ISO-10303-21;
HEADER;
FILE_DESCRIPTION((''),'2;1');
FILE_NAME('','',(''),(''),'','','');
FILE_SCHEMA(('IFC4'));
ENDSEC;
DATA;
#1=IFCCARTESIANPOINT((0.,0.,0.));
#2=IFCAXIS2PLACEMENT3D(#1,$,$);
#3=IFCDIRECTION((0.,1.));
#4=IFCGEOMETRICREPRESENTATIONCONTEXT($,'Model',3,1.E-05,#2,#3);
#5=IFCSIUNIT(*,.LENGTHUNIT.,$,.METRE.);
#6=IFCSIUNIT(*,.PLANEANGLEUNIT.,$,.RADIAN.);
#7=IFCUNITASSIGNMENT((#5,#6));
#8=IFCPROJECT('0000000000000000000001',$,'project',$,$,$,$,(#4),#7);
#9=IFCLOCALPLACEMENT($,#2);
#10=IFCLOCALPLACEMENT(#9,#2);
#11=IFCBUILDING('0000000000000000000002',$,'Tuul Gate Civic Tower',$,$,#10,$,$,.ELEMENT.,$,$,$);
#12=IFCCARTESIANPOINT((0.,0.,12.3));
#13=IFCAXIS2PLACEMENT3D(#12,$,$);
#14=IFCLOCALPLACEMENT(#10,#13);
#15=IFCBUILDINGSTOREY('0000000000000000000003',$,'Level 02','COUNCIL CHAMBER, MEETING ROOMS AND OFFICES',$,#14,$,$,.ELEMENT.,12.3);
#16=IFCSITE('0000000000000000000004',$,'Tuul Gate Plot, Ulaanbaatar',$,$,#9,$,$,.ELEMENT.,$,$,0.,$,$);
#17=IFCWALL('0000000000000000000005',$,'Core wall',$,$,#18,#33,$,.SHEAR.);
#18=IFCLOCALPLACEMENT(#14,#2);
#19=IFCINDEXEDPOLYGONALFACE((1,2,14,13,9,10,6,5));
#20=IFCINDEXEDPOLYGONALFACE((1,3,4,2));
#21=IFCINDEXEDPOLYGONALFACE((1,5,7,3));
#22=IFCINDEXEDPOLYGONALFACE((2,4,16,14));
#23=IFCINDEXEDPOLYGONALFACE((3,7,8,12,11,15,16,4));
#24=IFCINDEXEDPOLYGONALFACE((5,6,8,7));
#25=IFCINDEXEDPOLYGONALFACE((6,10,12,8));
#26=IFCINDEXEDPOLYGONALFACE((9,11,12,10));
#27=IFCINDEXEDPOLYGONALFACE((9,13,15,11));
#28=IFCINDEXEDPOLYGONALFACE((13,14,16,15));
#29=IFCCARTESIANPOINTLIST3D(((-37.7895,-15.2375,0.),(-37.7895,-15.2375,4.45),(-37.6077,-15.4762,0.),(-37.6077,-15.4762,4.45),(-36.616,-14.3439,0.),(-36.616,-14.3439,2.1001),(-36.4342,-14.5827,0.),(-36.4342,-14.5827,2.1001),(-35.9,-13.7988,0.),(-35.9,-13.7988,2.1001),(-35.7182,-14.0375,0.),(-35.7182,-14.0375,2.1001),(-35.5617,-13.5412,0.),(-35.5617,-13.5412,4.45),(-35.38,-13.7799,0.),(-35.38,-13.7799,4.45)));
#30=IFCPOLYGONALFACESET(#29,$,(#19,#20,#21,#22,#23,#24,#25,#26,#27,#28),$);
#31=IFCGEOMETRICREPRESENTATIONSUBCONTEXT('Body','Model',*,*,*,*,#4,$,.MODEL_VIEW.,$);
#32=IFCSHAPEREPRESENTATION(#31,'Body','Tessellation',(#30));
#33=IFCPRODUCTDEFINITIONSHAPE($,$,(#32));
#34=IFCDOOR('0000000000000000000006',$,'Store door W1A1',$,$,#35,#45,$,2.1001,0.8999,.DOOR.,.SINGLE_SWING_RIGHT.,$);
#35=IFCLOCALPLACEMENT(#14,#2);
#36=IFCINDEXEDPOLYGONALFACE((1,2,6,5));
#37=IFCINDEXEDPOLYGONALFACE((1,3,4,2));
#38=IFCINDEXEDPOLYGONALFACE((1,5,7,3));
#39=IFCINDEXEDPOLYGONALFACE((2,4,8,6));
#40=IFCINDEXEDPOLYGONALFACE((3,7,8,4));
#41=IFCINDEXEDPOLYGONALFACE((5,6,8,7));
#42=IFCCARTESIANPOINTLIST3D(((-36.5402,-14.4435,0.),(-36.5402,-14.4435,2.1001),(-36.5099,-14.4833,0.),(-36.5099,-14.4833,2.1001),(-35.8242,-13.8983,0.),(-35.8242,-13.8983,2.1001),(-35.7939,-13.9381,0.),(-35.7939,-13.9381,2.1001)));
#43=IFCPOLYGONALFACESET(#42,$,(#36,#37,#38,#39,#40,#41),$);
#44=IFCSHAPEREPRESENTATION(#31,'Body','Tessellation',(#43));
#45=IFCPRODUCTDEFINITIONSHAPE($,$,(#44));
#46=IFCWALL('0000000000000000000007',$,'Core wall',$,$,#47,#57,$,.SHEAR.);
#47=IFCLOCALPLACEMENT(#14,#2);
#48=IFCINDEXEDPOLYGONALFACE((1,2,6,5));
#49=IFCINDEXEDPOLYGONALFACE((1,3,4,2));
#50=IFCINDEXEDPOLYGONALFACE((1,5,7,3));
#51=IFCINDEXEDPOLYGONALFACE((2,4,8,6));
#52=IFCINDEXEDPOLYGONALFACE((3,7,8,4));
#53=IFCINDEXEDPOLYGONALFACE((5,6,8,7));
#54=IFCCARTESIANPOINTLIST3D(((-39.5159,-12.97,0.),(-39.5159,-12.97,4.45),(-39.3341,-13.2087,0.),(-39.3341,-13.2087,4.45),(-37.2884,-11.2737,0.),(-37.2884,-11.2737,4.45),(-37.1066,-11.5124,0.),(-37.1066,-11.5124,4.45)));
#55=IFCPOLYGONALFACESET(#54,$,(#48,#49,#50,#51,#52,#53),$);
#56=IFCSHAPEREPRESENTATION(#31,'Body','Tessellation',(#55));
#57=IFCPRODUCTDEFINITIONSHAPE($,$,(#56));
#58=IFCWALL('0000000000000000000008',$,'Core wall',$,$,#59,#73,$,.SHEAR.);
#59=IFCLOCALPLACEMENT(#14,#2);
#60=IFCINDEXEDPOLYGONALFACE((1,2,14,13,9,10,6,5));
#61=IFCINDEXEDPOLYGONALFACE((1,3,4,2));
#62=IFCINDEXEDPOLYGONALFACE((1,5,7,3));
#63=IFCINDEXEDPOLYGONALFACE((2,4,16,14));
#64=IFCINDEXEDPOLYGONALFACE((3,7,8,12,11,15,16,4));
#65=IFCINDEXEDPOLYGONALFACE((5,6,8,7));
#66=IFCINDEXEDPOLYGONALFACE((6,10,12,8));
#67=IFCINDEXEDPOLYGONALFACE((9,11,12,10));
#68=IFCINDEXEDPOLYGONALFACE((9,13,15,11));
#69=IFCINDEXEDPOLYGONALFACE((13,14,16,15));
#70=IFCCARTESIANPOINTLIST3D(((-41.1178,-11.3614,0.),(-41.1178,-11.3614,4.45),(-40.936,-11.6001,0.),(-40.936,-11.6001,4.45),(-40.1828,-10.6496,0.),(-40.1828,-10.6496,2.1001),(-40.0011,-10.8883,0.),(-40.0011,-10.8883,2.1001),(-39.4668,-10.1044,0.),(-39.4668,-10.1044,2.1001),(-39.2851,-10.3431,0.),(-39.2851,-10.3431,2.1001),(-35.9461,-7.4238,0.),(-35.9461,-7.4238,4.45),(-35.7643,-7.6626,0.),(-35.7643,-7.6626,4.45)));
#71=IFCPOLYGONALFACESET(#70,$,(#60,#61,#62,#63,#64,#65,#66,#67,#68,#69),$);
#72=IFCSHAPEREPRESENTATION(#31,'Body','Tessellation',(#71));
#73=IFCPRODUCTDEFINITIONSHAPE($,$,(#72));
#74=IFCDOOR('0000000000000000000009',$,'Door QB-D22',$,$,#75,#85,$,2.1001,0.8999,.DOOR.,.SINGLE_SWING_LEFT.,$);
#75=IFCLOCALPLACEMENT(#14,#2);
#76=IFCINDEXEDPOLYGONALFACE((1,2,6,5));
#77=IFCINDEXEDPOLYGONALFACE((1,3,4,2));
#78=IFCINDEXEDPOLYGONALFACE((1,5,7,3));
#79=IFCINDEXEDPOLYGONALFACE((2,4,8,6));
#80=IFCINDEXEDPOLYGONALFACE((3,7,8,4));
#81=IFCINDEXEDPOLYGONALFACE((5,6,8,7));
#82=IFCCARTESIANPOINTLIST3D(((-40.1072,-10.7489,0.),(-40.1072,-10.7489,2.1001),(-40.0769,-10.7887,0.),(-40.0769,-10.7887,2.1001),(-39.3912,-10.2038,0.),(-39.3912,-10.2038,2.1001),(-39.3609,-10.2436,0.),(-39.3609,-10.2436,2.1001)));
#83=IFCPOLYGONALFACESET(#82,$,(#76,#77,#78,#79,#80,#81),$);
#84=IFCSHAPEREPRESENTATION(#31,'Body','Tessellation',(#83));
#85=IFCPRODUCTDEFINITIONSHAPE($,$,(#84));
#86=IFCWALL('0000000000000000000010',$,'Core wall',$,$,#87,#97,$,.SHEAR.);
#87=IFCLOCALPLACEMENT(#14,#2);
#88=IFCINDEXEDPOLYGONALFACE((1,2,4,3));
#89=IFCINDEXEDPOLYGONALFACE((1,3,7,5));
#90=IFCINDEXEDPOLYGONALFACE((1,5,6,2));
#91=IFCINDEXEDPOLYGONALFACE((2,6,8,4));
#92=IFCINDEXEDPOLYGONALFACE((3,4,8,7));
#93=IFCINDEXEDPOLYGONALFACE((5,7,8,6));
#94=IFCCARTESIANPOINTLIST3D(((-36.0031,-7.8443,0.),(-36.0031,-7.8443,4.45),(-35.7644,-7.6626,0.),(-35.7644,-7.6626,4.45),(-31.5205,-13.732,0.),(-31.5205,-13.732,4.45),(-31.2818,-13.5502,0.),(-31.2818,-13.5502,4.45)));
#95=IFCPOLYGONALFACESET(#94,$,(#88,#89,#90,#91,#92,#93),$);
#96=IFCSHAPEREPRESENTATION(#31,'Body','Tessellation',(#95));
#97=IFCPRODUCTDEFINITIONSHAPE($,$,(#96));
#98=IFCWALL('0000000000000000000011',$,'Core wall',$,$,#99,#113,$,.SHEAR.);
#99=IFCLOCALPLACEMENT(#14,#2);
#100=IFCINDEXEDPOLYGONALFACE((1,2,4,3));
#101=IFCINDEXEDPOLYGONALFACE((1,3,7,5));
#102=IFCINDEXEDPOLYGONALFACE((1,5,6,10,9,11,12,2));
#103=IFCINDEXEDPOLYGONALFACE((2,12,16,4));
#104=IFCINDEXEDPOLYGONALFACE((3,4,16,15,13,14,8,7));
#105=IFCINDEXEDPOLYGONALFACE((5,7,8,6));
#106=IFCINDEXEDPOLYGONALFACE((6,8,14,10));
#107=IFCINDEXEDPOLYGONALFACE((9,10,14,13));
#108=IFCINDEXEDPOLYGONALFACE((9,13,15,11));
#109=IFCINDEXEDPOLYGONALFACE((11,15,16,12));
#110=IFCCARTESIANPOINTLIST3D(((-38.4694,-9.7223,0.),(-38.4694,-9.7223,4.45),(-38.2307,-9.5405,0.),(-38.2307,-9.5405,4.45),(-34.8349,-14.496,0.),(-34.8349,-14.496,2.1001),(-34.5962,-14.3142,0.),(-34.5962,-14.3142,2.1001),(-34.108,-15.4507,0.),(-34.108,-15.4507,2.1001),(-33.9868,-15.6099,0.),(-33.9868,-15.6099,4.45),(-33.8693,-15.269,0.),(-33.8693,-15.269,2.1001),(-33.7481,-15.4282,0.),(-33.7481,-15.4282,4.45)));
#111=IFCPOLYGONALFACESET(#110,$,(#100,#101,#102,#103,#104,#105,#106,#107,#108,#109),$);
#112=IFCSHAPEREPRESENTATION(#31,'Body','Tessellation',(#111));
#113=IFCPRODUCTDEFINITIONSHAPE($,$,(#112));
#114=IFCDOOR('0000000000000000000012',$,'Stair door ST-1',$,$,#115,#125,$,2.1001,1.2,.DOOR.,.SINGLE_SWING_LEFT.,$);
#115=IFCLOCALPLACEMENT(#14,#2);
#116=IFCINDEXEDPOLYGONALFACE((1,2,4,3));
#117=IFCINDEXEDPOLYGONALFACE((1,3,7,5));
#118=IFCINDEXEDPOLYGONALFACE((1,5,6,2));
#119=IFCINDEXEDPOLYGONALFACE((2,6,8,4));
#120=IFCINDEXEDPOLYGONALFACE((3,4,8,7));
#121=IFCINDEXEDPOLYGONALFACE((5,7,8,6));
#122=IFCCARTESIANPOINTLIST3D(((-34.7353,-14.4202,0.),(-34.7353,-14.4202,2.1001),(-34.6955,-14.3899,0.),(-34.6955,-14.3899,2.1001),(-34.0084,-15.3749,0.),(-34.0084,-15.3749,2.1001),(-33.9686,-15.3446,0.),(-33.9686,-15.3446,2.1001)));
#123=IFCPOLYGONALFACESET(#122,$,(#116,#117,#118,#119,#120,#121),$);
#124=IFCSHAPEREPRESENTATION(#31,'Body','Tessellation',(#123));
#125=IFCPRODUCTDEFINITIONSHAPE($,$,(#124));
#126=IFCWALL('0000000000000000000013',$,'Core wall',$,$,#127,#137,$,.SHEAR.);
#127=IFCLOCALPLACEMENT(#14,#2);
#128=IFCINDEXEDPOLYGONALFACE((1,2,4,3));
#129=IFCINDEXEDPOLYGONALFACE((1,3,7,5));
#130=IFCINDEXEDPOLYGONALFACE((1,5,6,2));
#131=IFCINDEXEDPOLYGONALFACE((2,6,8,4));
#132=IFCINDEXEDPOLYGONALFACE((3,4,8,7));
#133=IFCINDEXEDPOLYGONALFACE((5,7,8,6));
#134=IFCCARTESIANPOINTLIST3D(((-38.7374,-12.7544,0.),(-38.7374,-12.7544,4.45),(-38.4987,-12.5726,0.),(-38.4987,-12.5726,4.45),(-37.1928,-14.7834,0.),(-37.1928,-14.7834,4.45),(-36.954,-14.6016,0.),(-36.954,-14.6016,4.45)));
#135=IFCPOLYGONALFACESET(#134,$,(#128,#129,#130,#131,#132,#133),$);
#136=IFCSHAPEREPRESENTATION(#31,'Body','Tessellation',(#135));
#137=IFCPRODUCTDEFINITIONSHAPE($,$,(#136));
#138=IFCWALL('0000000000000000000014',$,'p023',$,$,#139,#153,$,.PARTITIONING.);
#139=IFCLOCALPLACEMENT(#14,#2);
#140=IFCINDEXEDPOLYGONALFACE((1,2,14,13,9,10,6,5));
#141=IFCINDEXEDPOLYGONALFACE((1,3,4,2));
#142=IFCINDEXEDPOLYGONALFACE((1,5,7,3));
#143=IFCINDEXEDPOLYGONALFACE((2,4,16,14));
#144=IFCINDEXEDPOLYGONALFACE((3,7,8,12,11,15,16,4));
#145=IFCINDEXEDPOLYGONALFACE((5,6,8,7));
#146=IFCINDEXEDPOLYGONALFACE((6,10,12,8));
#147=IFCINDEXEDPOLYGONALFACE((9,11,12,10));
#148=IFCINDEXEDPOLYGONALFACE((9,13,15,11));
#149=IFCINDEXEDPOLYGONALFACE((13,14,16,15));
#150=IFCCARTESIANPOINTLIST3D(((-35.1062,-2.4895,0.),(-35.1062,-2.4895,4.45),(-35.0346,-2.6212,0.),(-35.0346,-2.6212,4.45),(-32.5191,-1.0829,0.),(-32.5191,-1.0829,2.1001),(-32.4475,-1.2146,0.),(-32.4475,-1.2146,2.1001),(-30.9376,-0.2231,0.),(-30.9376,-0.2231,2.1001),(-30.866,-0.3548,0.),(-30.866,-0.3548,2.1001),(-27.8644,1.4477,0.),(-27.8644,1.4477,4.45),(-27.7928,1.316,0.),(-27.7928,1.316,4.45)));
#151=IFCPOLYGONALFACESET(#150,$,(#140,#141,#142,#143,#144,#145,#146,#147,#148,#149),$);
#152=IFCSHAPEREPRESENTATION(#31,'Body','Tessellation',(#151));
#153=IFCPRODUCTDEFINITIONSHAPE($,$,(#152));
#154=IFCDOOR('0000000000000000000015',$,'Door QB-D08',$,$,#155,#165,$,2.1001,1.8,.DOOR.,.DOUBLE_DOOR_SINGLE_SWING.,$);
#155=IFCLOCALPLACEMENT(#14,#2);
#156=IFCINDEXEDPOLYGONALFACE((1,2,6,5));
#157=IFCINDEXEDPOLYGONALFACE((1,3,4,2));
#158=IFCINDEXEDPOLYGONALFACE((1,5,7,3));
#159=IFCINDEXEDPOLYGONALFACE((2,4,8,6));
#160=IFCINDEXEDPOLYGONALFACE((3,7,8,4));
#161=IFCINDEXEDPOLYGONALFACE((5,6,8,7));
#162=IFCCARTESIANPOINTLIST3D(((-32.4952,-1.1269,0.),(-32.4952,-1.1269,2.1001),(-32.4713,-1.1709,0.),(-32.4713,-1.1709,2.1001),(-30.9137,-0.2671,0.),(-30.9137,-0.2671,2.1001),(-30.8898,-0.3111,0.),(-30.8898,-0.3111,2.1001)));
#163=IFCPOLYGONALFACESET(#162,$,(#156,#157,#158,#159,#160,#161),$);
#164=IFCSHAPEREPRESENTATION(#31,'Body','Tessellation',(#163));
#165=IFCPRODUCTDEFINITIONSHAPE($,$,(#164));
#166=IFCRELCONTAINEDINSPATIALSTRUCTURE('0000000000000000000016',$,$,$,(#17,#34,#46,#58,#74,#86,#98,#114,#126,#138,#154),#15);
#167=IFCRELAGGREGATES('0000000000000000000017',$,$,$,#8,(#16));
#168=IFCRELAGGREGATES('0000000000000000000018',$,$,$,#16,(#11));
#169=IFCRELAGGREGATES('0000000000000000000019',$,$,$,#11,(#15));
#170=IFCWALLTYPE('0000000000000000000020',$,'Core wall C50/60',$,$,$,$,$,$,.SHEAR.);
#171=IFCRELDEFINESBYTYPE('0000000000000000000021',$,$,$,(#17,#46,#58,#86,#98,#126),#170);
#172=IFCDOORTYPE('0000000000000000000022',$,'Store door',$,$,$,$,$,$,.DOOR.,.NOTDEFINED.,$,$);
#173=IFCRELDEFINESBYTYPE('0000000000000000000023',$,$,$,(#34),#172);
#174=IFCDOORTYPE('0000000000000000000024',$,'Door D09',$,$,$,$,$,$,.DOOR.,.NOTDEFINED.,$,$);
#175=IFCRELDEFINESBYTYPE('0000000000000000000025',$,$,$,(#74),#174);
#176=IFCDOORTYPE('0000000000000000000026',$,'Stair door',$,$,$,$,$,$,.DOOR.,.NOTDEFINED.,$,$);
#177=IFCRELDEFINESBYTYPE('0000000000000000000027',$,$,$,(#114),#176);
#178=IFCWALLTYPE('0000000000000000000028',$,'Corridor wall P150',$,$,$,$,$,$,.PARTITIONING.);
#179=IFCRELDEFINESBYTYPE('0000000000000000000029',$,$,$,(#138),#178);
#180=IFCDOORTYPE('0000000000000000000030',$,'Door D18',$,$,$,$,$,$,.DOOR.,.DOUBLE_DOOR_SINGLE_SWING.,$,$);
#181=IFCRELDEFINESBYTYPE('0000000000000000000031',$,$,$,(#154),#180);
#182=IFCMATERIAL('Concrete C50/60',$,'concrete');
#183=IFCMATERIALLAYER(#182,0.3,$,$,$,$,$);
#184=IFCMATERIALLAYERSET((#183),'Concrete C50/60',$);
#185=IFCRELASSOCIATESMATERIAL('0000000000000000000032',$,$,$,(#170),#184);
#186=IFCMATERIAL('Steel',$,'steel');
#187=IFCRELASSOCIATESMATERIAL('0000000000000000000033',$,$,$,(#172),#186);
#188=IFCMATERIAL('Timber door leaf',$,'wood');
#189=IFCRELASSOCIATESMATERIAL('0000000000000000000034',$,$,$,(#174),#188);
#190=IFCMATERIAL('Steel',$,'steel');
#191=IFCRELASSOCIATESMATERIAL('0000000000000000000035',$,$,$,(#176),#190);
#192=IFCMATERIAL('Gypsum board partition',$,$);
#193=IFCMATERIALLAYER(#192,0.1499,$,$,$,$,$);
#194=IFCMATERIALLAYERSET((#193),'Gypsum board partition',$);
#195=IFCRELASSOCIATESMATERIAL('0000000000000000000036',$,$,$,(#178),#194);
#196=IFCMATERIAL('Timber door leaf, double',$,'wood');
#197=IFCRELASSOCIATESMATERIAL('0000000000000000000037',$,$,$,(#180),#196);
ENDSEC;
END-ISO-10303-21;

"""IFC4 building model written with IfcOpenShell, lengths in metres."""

from ifc_helpers import new_model, si_unit, direction, frame, frame_2d, origin, place, context, subcontext, project, spatial, rectangle, extrude, material, layer, layer_set, type_object, element, fill, save


model = new_model("IFC4")

# Units and contexts
model_context = context("Model", 3, precision=1e-05, world=origin(), true_north=direction((0.0, 1.0)))
body_context = subcontext(model_context, "Body", "Model", "MODEL_VIEW")
ifc_project = project(units=[si_unit("LENGTHUNIT", "METRE"), si_unit("PLANEANGLEUNIT", "RADIAN")], contexts=[model_context])

# Site, building, storey
site_placement = place(None, origin())
site = spatial("IfcSite", under=ifc_project, at=site_placement, Name="Tuul Gate Plot, Ulaanbaatar", CompositionType="ELEMENT", RefElevation=0.0)
building_placement = place(site_placement, origin())
building = spatial("IfcBuilding", under=site, at=building_placement, Name="Tuul Gate Civic Tower", CompositionType="ELEMENT")
storey_placement = place(building_placement, frame((0.0, 0.0, 12.3)))
storey = spatial("IfcBuildingStorey", under=building, at=storey_placement, Name="Level 02", Description="COUNCIL CHAMBER, MEETING ROOMS AND OFFICES", CompositionType="ELEMENT", Elevation=12.3)

# Wall, opening, door
ifc_material_1 = material(Name="Concrete C50/60", Category="concrete")
ifc_layer_1 = layer(ifc_material_1, 0.3)
ifc_layer_set_1 = layer_set([ifc_layer_1], Name="Concrete C50/60")
wall_type_1 = type_object("IfcWallType", Name="Core wall C50/60", PredefinedType="SHEAR", material=ifc_layer_set_1)
wall_1_placement = place(storey_placement, frame((-35.4709, -13.6606, 0.0), z_axis=(0.0, 0.0, 1.0), x_axis=(-0.795616, -0.605802, 0.0)))
wall_1 = element("IfcWall", 1, at=wall_1_placement, inside=storey, type_object=wall_type_1, Name="Core wall", PredefinedType="SHEAR", context=body_context, shape_type="SweptSolid", body=[
    extrude(rectangle(XDim=2.8, YDim=0.3, at=frame_2d((1.3999, 0.0))), origin(), (0.0, 0.0, 1.0), 4.45),
])
opening_1_placement = place(wall_1_placement, frame((0.425, 0.0, 0.0)))
opening_1 = element("IfcOpeningElement", 2, at=opening_1_placement, cuts=wall_1, PredefinedType="OPENING", context=body_context, shape_type="SweptSolid", body=[
    extrude(rectangle(XDim=0.8999, YDim=2.1001, at=frame_2d((0.45, 1.05))), frame((0.0, 0.1602, 0.0), z_axis=(0.0, -1.0, 0.0), x_axis=(1.0, 0.0, 0.0)), (0.0, 0.0, 1.0), 0.3201),
])
ifc_material_2 = material(Name="Steel", Category="steel")
door_type_1 = type_object("IfcDoorType", Name="Store door", OperationType="NOTDEFINED", PredefinedType="DOOR", material=ifc_material_2)
door_1_placement = place(opening_1_placement, frame((0.8999, 0.0, 0.0), z_axis=(0.0, 0.0, 1.0), x_axis=(-1.0, 0.0, 0.0)))
door_1 = element("IfcDoor", 3, at=door_1_placement, inside=storey, type_object=door_type_1, Name="Store door W1A1", OperationType="SINGLE_SWING_RIGHT", OverallHeight=2.1001, OverallWidth=0.8999, PredefinedType="DOOR", context=body_context, shape_type="SweptSolid", body=[
    extrude(rectangle(XDim=0.8999, YDim=2.1001, at=frame_2d((0.45, 1.05))), frame((0.0, 0.0249, 0.0), z_axis=(0.0, -1.0, 0.0), x_axis=(1.0, 0.0, 0.0)), (0.0, 0.0, 1.0), 0.05),
])
fill(opening_1, door_1)

# Wall
wall_2_placement = place(storey_placement, frame((-37.1975, -11.3931, 0.0), z_axis=(0.0, 0.0, 1.0), x_axis=(-0.795584, -0.605844, 0.0)))
element("IfcWall", 4, at=wall_2_placement, inside=storey, type_object=wall_type_1, Name="Core wall", PredefinedType="SHEAR", context=body_context, shape_type="SweptSolid", body=[
    extrude(rectangle(XDim=2.7998, YDim=0.3, at=frame_2d((1.3999, 0.0))), origin(), (0.0, 0.0, 1.0), 4.45),
])

# Wall, opening, door
wall_3_placement = place(storey_placement, frame((-35.8552, -7.5432, 0.0), z_axis=(0.0, 0.0, 1.0), x_axis=(-0.795639, -0.605772, 0.0)))
wall_3 = element("IfcWall", 5, at=wall_3_placement, inside=storey, type_object=wall_type_1, Name="Core wall", PredefinedType="SHEAR", context=body_context, shape_type="SweptSolid", body=[
    extrude(rectangle(XDim=6.5, YDim=0.3, at=frame_2d((3.25, 0.0))), origin(), (0.0, 0.0, 1.0), 4.45),
])
opening_2_placement = place(wall_3_placement, frame((4.425, 0.0, 0.0)))
opening_2 = element("IfcOpeningElement", 6, at=opening_2_placement, cuts=wall_3, PredefinedType="OPENING", context=body_context, shape_type="SweptSolid", body=[
    extrude(rectangle(XDim=0.8999, YDim=2.1001, at=frame_2d((0.45, 1.05))), frame((0.0, 0.1602, 0.0), z_axis=(0.0, -1.0, 0.0), x_axis=(1.0, 0.0, 0.0)), (0.0, 0.0, 1.0), 0.3201),
])
ifc_material_3 = material(Name="Timber door leaf", Category="wood")
door_type_2 = type_object("IfcDoorType", Name="Door D09", OperationType="NOTDEFINED", PredefinedType="DOOR", material=ifc_material_3)
door_2_placement = place(opening_2_placement, origin())
door_2 = element("IfcDoor", 7, at=door_2_placement, inside=storey, type_object=door_type_2, Name="Door QB-D22", OperationType="SINGLE_SWING_LEFT", OverallHeight=2.1001, OverallWidth=0.8999, PredefinedType="DOOR", context=body_context, shape_type="SweptSolid", body=[
    extrude(rectangle(XDim=0.8999, YDim=2.1001, at=frame_2d((0.45, 1.05))), frame((0.0, 0.0249, 0.0), z_axis=(0.0, -1.0, 0.0), x_axis=(1.0, 0.0, 0.0)), (0.0, 0.0, 1.0), 0.05),
])
fill(opening_2, door_2)

# Wall
wall_4_placement = place(storey_placement, frame((-31.4011, -13.6411, 0.0), z_axis=(0.0, 0.0, 1.0), x_axis=(-0.60577, 0.79564, 0.0)))
element("IfcWall", 8, at=wall_4_placement, inside=storey, type_object=wall_type_1, Name="Core wall", PredefinedType="SHEAR", context=body_context, shape_type="SweptSolid", body=[
    extrude(rectangle(XDim=7.3999, YDim=0.3, at=frame_2d((3.7, 0.0))), origin(), (0.0, 0.0, 1.0), 4.45),
])

# Wall, opening, door
wall_5_placement = place(storey_placement, frame((-33.8674, -15.519, 0.0), z_axis=(0.0, 0.0, 1.0), x_axis=(-0.60577, 0.79564, 0.0)))
wall_5 = element("IfcWall", 9, at=wall_5_placement, inside=storey, type_object=wall_type_1, Name="Core wall", PredefinedType="SHEAR", context=body_context, shape_type="SweptSolid", body=[
    extrude(rectangle(XDim=7.3999, YDim=0.3, at=frame_2d((3.7, 0.0))), origin(), (0.0, 0.0, 1.0), 4.45),
])
opening_3_placement = place(wall_5_placement, frame((0.2, 0.0, 0.0)))
opening_3 = element("IfcOpeningElement", 10, at=opening_3_placement, cuts=wall_5, PredefinedType="OPENING", context=body_context, shape_type="SweptSolid", body=[
    extrude(rectangle(XDim=1.2, YDim=2.1001, at=frame_2d((0.6001, 1.05))), frame((0.0, 0.1602, 0.0), z_axis=(0.0, -1.0, 0.0), x_axis=(1.0, 0.0, 0.0)), (0.0, 0.0, 1.0), 0.3201),
])
ifc_material_4 = material(Name="Steel", Category="steel")
door_type_3 = type_object("IfcDoorType", Name="Stair door", OperationType="NOTDEFINED", PredefinedType="DOOR", material=ifc_material_4)
door_3_placement = place(opening_3_placement, origin())
door_3 = element("IfcDoor", 11, at=door_3_placement, inside=storey, type_object=door_type_3, Name="Stair door ST-1", OperationType="SINGLE_SWING_LEFT", OverallHeight=2.1001, OverallWidth=1.2, PredefinedType="DOOR", context=body_context, shape_type="SweptSolid", body=[
    extrude(rectangle(XDim=1.2, YDim=2.1001, at=frame_2d((0.6001, 1.05))), frame((0.0, 0.0249, 0.0), z_axis=(0.0, -1.0, 0.0), x_axis=(1.0, 0.0, 0.0)), (0.0, 0.0, 1.0), 0.05),
])
fill(opening_3, door_3)

# Wall
wall_6_placement = place(storey_placement, frame((-37.0735, -14.6924, 0.0), z_axis=(0.0, 0.0, 1.0), x_axis=(-0.605729, 0.795671, 0.0)))
element("IfcWall", 12, at=wall_6_placement, inside=storey, type_object=wall_type_1, Name="Core wall", PredefinedType="SHEAR", context=body_context, shape_type="SweptSolid", body=[
    extrude(rectangle(XDim=2.55, YDim=0.3, at=frame_2d((1.2749, 0.0))), origin(), (0.0, 0.0, 1.0), 4.45),
])

# Wall, opening, door
ifc_material_5 = material(Name="Gypsum board partition")
ifc_layer_2 = layer(ifc_material_5, 0.1499)
ifc_layer_set_2 = layer_set([ifc_layer_2], Name="Gypsum board partition")
wall_type_2 = type_object("IfcWallType", Name="Corridor wall P150", PredefinedType="PARTITIONING", material=ifc_layer_set_2)
wall_7_placement = place(storey_placement, frame((-35.0706, -2.5554, 0.0), z_axis=(0.0, 0.0, 1.0), x_axis=(0.878552, 0.477646, 0.0)))
wall_7 = element("IfcWall", 13, at=wall_7_placement, inside=storey, type_object=wall_type_2, Name="p023", PredefinedType="PARTITIONING", context=body_context, shape_type="SweptSolid", body=[
    extrude(rectangle(XDim=8.2429, YDim=0.1499, at=frame_2d((4.1216, 0.0))), origin(), (0.0, 0.0, 1.0), 4.45),
])
opening_4_placement = place(wall_7_placement, frame((2.9451, 0.0, 0.0)))
opening_4 = element("IfcOpeningElement", 14, at=opening_4_placement, cuts=wall_7, PredefinedType="OPENING", context=body_context, shape_type="SweptSolid", body=[
    extrude(rectangle(XDim=1.8, YDim=2.1001, at=frame_2d((0.8999, 1.05))), frame((0.0, 0.085, 0.0), z_axis=(0.0, -1.0, 0.0), x_axis=(1.0, 0.0, 0.0)), (0.0, 0.0, 1.0), 0.1699),
])
ifc_material_6 = material(Name="Timber door leaf, double", Category="wood")
door_type_4 = type_object("IfcDoorType", Name="Door D18", OperationType="DOUBLE_DOOR_SINGLE_SWING", PredefinedType="DOOR", material=ifc_material_6)
door_4_placement = place(opening_4_placement, origin())
door_4 = element("IfcDoor", 15, at=door_4_placement, inside=storey, type_object=door_type_4, Name="Door QB-D08", OperationType="DOUBLE_DOOR_SINGLE_SWING", OverallHeight=2.1001, OverallWidth=1.8, PredefinedType="DOOR", context=body_context, shape_type="SweptSolid", body=[
    extrude(rectangle(XDim=1.8, YDim=2.1001, at=frame_2d((0.8999, 1.05))), frame((0.0, 0.0249, 0.0), z_axis=(0.0, -1.0, 0.0), x_axis=(1.0, 0.0, 0.0)), (0.0, 0.0, 1.0), 0.05),
])
fill(opening_4, door_4)

save(model, "model.ifc")
